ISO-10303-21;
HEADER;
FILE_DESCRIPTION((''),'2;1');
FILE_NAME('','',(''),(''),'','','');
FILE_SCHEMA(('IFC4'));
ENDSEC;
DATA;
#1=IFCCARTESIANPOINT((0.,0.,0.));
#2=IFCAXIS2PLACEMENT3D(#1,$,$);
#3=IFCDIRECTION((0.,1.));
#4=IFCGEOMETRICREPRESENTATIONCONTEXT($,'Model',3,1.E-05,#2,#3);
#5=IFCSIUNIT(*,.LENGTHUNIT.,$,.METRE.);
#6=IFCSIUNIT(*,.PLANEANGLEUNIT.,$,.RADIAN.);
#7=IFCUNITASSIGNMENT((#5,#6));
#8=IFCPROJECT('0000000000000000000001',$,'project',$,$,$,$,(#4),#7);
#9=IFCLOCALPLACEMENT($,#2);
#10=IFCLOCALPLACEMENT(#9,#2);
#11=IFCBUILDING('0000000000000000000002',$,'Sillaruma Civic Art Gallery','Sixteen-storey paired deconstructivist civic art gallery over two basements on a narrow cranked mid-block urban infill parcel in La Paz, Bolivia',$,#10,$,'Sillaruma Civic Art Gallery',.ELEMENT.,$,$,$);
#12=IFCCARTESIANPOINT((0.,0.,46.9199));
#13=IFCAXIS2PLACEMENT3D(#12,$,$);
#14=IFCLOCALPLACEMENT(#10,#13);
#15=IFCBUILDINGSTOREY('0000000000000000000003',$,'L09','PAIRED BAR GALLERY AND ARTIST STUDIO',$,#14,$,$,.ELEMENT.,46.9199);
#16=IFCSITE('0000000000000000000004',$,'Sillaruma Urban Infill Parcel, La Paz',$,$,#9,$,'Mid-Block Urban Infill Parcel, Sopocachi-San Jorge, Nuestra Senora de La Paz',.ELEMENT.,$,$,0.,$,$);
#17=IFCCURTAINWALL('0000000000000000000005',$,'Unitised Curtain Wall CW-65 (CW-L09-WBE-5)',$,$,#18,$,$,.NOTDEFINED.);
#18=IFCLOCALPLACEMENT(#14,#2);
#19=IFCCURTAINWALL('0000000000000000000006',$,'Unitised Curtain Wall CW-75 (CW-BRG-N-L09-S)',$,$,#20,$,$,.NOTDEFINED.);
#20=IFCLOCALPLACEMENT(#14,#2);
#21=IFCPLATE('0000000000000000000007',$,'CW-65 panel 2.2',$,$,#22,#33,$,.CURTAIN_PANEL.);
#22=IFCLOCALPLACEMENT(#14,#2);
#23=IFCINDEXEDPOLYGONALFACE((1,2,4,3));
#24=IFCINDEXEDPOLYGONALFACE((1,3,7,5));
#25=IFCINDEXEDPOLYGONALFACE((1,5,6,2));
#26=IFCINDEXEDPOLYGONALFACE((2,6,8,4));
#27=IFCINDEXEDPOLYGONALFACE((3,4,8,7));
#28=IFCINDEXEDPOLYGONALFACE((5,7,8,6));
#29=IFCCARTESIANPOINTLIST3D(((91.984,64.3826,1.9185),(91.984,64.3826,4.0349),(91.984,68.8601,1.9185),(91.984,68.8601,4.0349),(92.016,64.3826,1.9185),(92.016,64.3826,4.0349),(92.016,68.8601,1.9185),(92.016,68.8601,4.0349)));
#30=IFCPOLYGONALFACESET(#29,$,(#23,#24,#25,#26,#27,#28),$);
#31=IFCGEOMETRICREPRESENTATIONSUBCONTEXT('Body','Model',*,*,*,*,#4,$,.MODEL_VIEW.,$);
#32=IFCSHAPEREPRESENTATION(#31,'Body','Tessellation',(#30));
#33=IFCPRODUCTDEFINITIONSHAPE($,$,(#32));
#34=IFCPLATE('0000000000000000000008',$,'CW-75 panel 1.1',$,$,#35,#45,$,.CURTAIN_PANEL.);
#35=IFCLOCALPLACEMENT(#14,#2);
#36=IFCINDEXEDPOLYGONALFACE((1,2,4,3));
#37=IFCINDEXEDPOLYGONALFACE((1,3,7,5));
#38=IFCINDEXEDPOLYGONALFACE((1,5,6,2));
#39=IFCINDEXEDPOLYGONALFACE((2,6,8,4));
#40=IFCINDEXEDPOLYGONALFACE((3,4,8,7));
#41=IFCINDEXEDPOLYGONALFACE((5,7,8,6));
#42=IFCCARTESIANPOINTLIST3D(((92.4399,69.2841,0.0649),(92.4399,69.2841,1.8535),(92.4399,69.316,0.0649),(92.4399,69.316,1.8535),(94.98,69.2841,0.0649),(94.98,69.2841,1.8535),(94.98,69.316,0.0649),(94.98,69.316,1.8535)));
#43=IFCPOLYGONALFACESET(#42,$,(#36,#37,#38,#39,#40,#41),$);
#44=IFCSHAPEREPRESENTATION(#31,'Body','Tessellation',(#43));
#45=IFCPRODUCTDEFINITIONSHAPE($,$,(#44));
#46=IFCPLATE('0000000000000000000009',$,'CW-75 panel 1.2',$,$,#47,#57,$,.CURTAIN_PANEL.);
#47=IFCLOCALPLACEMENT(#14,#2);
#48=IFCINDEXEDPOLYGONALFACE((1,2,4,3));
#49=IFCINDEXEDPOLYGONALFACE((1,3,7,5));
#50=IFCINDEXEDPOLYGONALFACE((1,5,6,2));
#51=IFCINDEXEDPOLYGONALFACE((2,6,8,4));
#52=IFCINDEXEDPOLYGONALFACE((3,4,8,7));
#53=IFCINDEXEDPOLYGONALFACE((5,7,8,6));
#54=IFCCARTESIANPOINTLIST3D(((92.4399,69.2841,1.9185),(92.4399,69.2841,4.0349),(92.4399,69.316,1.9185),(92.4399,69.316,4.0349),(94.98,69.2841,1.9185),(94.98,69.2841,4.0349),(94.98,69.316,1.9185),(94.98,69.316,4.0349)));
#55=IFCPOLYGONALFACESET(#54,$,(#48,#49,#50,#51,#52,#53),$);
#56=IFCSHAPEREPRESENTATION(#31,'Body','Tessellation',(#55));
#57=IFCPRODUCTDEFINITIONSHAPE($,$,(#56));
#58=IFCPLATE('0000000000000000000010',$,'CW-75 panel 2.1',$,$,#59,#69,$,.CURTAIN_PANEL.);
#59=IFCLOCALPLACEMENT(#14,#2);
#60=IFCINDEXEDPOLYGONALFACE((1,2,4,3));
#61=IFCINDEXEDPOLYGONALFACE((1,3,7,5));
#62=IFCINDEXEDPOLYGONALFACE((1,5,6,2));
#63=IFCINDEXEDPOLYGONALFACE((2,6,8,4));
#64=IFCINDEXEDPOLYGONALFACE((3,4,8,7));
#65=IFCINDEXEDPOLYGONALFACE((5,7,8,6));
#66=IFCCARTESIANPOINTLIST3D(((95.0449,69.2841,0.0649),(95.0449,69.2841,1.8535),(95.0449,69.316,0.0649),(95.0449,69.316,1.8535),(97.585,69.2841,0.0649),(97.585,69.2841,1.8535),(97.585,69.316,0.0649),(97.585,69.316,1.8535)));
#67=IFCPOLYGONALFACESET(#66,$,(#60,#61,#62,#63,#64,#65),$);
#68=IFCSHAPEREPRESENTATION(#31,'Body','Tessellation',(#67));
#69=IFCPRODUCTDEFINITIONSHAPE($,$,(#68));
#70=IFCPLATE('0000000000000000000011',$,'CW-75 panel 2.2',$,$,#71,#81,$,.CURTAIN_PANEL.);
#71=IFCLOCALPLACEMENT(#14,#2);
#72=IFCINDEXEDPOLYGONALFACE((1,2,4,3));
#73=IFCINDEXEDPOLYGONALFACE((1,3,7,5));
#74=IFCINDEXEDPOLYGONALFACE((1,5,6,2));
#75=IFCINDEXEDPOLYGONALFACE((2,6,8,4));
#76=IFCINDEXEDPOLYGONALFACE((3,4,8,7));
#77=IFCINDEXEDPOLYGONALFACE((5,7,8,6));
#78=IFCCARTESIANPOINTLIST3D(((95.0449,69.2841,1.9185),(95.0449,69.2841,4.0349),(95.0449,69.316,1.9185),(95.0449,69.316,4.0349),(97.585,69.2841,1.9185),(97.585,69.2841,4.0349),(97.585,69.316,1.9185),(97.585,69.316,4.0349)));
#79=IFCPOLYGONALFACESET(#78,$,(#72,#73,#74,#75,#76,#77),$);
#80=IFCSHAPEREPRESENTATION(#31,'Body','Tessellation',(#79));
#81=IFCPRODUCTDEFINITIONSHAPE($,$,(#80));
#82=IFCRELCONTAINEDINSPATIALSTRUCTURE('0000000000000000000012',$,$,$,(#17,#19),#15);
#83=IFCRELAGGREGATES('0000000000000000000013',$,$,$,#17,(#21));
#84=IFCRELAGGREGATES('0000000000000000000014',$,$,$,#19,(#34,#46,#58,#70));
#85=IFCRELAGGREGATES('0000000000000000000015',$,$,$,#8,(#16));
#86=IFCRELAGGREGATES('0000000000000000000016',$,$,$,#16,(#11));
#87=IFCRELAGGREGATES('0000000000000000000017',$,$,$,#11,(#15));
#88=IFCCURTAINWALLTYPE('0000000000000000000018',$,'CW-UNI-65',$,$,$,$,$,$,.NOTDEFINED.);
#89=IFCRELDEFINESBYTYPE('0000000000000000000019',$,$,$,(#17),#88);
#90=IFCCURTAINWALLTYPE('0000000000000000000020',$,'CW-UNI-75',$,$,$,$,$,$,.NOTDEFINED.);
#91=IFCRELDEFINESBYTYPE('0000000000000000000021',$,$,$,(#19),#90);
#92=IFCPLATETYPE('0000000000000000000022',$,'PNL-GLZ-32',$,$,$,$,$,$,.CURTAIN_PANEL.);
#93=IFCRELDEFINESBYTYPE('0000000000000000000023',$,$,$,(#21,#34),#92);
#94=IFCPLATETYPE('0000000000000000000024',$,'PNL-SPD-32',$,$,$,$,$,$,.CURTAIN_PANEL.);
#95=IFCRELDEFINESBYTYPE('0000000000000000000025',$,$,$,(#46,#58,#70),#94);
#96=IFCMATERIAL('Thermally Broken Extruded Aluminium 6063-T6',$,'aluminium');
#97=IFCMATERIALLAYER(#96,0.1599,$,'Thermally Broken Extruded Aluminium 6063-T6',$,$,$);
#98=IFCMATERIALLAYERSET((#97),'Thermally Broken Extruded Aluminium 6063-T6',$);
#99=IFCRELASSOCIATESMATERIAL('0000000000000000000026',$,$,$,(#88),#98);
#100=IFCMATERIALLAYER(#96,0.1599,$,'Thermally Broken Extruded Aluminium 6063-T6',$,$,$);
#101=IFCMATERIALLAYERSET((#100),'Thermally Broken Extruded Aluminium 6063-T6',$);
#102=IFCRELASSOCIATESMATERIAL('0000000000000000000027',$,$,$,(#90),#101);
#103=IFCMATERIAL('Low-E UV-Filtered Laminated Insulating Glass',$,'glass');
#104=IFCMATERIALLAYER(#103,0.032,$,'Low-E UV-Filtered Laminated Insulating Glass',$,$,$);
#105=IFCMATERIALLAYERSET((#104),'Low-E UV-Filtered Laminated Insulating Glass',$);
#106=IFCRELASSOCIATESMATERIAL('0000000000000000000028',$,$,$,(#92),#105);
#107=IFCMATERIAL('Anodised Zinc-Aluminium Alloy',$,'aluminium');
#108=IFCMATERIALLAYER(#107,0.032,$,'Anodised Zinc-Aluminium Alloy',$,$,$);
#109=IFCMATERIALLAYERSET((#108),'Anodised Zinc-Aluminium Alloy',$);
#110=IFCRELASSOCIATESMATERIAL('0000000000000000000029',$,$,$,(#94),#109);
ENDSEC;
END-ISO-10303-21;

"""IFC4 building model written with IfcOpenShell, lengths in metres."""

from ifc_helpers import new_model, si_unit, direction, frame, origin, origin_2d, place, context, subcontext, project, spatial, rectangle, extrude, material, layer, layer_set, type_object, element, aggregate, save


model = new_model("IFC4")

# Units and contexts
model_context = context("Model", 3, precision=1e-05, world=origin(), true_north=direction((0.0, 1.0)))
body_context = subcontext(model_context, "Body", "Model", "MODEL_VIEW")
ifc_project = project(units=[si_unit("LENGTHUNIT", "METRE"), si_unit("PLANEANGLEUNIT", "RADIAN")], contexts=[model_context])

# Site, building, storey
site_placement = place(None, origin())
site = spatial("IfcSite", under=ifc_project, at=site_placement, Name="Sillaruma Urban Infill Parcel, La Paz", LongName="Mid-Block Urban Infill Parcel, Sopocachi-San Jorge, Nuestra Senora de La Paz", CompositionType="ELEMENT", RefElevation=0.0)
building_placement = place(site_placement, origin())
building = spatial("IfcBuilding", under=site, at=building_placement, Name="Sillaruma Civic Art Gallery", Description="Sixteen-storey paired deconstructivist civic art gallery over two basements on a narrow cranked mid-block urban infill parcel in La Paz, Bolivia", LongName="Sillaruma Civic Art Gallery", CompositionType="ELEMENT")
storey_placement = place(building_placement, frame((0.0, 0.0, 46.9199)))
storey = spatial("IfcBuildingStorey", under=building, at=storey_placement, Name="L09", Description="PAIRED BAR GALLERY AND ARTIST STUDIO", CompositionType="ELEMENT", Elevation=46.9199)

# Curtain wall
ifc_material_1 = material(Name="Thermally Broken Extruded Aluminium 6063-T6", Category="aluminium")
ifc_layer_1 = layer(ifc_material_1, 0.1599, Name="Thermally Broken Extruded Aluminium 6063-T6")
ifc_layer_set_1 = layer_set([ifc_layer_1], Name="Thermally Broken Extruded Aluminium 6063-T6")
curtain_wall_type_1 = type_object("IfcCurtainWallType", Name="CW-UNI-65", PredefinedType="NOTDEFINED", material=ifc_layer_set_1)
curtain_wall_1_placement = place(storey_placement, origin())
curtain_wall_1 = element("IfcCurtainWall", 1, at=curtain_wall_1_placement, inside=storey, type_object=curtain_wall_type_1, Name="Unitised Curtain Wall CW-65 (CW-L09-WBE-5)", PredefinedType="NOTDEFINED")

# Curtain wall
ifc_layer_2 = layer(ifc_material_1, 0.1599, Name="Thermally Broken Extruded Aluminium 6063-T6")
ifc_layer_set_2 = layer_set([ifc_layer_2], Name="Thermally Broken Extruded Aluminium 6063-T6")
curtain_wall_type_2 = type_object("IfcCurtainWallType", Name="CW-UNI-75", PredefinedType="NOTDEFINED", material=ifc_layer_set_2)
curtain_wall_2_placement = place(storey_placement, origin())
curtain_wall_2 = element("IfcCurtainWall", 2, at=curtain_wall_2_placement, inside=storey, type_object=curtain_wall_type_2, Name="Unitised Curtain Wall CW-75 (CW-BRG-N-L09-S)", PredefinedType="NOTDEFINED")

# Plates
ifc_material_2 = material(Name="Anodised Zinc-Aluminium Alloy", Category="aluminium")
ifc_material_3 = material(Name="Low-E UV-Filtered Laminated Insulating Glass", Category="glass")
ifc_layer_3 = layer(ifc_material_3, 0.032, Name="Low-E UV-Filtered Laminated Insulating Glass")
ifc_layer_set_3 = layer_set([ifc_layer_3], Name="Low-E UV-Filtered Laminated Insulating Glass")
plate_type_1 = type_object("IfcPlateType", Name="PNL-GLZ-32", PredefinedType="CURTAIN_PANEL", material=ifc_layer_set_3)
plate_1_placement = place(storey_placement, frame((92.0, 66.6213, 1.9185), z_axis=(0.0, 0.0, 1.0), x_axis=(0.0, 1.0, 0.0)))
plate_1 = element("IfcPlate", 3, at=plate_1_placement, type_object=plate_type_1, Name="CW-65 panel 2.2", PredefinedType="CURTAIN_PANEL", context=body_context, shape_type="SweptSolid", body=[
    extrude(rectangle(XDim=4.4775, YDim=0.032, at=origin_2d()), origin(), (0.0, 0.0, 1.0), 2.1165),
])
aggregate(curtain_wall_1, [plate_1])
plate_2_placement = place(storey_placement, frame((93.71, 69.3, 0.0649), z_axis=(0.0, 0.0, 1.0), x_axis=(1.0, 0.0, 0.0)))
plate_2 = element("IfcPlate", 4, at=plate_2_placement, type_object=plate_type_1, Name="CW-75 panel 1.1", PredefinedType="CURTAIN_PANEL", context=body_context, shape_type="SweptSolid", body=[
    extrude(rectangle(XDim=2.54, YDim=0.032, at=origin_2d()), origin(), (0.0, 0.0, 1.0), 1.7886),
])
ifc_layer_4 = layer(ifc_material_2, 0.032, Name="Anodised Zinc-Aluminium Alloy")
ifc_layer_set_4 = layer_set([ifc_layer_4], Name="Anodised Zinc-Aluminium Alloy")
plate_type_2 = type_object("IfcPlateType", Name="PNL-SPD-32", PredefinedType="CURTAIN_PANEL", material=ifc_layer_set_4)
plate_3_placement = place(storey_placement, frame((93.71, 69.3, 1.9185), z_axis=(0.0, 0.0, 1.0), x_axis=(1.0, 0.0, 0.0)))
plate_3 = element("IfcPlate", 5, at=plate_3_placement, type_object=plate_type_2, Name="CW-75 panel 1.2", PredefinedType="CURTAIN_PANEL", context=body_context, shape_type="SweptSolid", body=[
    extrude(rectangle(XDim=2.54, YDim=0.032, at=origin_2d()), origin(), (0.0, 0.0, 1.0), 2.1165),
])
plate_4_placement = place(storey_placement, frame((96.3149, 69.3, 0.0649), z_axis=(0.0, 0.0, 1.0), x_axis=(1.0, 0.0, 0.0)))
plate_4 = element("IfcPlate", 6, at=plate_4_placement, type_object=plate_type_2, Name="CW-75 panel 2.1", PredefinedType="CURTAIN_PANEL", context=body_context, shape_type="SweptSolid", body=[
    extrude(rectangle(XDim=2.54, YDim=0.032, at=origin_2d()), origin(), (0.0, 0.0, 1.0), 1.7886),
])
plate_5_placement = place(storey_placement, frame((96.3149, 69.3, 1.9185), z_axis=(0.0, 0.0, 1.0), x_axis=(1.0, 0.0, 0.0)))
plate_5 = element("IfcPlate", 7, at=plate_5_placement, type_object=plate_type_2, Name="CW-75 panel 2.2", PredefinedType="CURTAIN_PANEL", context=body_context, shape_type="SweptSolid", body=[
    extrude(rectangle(XDim=2.54, YDim=0.032, at=origin_2d()), origin(), (0.0, 0.0, 1.0), 2.1165),
])
aggregate(curtain_wall_2, [plate_2, plate_3, plate_4, plate_5])

save(model, "model.ifc")
